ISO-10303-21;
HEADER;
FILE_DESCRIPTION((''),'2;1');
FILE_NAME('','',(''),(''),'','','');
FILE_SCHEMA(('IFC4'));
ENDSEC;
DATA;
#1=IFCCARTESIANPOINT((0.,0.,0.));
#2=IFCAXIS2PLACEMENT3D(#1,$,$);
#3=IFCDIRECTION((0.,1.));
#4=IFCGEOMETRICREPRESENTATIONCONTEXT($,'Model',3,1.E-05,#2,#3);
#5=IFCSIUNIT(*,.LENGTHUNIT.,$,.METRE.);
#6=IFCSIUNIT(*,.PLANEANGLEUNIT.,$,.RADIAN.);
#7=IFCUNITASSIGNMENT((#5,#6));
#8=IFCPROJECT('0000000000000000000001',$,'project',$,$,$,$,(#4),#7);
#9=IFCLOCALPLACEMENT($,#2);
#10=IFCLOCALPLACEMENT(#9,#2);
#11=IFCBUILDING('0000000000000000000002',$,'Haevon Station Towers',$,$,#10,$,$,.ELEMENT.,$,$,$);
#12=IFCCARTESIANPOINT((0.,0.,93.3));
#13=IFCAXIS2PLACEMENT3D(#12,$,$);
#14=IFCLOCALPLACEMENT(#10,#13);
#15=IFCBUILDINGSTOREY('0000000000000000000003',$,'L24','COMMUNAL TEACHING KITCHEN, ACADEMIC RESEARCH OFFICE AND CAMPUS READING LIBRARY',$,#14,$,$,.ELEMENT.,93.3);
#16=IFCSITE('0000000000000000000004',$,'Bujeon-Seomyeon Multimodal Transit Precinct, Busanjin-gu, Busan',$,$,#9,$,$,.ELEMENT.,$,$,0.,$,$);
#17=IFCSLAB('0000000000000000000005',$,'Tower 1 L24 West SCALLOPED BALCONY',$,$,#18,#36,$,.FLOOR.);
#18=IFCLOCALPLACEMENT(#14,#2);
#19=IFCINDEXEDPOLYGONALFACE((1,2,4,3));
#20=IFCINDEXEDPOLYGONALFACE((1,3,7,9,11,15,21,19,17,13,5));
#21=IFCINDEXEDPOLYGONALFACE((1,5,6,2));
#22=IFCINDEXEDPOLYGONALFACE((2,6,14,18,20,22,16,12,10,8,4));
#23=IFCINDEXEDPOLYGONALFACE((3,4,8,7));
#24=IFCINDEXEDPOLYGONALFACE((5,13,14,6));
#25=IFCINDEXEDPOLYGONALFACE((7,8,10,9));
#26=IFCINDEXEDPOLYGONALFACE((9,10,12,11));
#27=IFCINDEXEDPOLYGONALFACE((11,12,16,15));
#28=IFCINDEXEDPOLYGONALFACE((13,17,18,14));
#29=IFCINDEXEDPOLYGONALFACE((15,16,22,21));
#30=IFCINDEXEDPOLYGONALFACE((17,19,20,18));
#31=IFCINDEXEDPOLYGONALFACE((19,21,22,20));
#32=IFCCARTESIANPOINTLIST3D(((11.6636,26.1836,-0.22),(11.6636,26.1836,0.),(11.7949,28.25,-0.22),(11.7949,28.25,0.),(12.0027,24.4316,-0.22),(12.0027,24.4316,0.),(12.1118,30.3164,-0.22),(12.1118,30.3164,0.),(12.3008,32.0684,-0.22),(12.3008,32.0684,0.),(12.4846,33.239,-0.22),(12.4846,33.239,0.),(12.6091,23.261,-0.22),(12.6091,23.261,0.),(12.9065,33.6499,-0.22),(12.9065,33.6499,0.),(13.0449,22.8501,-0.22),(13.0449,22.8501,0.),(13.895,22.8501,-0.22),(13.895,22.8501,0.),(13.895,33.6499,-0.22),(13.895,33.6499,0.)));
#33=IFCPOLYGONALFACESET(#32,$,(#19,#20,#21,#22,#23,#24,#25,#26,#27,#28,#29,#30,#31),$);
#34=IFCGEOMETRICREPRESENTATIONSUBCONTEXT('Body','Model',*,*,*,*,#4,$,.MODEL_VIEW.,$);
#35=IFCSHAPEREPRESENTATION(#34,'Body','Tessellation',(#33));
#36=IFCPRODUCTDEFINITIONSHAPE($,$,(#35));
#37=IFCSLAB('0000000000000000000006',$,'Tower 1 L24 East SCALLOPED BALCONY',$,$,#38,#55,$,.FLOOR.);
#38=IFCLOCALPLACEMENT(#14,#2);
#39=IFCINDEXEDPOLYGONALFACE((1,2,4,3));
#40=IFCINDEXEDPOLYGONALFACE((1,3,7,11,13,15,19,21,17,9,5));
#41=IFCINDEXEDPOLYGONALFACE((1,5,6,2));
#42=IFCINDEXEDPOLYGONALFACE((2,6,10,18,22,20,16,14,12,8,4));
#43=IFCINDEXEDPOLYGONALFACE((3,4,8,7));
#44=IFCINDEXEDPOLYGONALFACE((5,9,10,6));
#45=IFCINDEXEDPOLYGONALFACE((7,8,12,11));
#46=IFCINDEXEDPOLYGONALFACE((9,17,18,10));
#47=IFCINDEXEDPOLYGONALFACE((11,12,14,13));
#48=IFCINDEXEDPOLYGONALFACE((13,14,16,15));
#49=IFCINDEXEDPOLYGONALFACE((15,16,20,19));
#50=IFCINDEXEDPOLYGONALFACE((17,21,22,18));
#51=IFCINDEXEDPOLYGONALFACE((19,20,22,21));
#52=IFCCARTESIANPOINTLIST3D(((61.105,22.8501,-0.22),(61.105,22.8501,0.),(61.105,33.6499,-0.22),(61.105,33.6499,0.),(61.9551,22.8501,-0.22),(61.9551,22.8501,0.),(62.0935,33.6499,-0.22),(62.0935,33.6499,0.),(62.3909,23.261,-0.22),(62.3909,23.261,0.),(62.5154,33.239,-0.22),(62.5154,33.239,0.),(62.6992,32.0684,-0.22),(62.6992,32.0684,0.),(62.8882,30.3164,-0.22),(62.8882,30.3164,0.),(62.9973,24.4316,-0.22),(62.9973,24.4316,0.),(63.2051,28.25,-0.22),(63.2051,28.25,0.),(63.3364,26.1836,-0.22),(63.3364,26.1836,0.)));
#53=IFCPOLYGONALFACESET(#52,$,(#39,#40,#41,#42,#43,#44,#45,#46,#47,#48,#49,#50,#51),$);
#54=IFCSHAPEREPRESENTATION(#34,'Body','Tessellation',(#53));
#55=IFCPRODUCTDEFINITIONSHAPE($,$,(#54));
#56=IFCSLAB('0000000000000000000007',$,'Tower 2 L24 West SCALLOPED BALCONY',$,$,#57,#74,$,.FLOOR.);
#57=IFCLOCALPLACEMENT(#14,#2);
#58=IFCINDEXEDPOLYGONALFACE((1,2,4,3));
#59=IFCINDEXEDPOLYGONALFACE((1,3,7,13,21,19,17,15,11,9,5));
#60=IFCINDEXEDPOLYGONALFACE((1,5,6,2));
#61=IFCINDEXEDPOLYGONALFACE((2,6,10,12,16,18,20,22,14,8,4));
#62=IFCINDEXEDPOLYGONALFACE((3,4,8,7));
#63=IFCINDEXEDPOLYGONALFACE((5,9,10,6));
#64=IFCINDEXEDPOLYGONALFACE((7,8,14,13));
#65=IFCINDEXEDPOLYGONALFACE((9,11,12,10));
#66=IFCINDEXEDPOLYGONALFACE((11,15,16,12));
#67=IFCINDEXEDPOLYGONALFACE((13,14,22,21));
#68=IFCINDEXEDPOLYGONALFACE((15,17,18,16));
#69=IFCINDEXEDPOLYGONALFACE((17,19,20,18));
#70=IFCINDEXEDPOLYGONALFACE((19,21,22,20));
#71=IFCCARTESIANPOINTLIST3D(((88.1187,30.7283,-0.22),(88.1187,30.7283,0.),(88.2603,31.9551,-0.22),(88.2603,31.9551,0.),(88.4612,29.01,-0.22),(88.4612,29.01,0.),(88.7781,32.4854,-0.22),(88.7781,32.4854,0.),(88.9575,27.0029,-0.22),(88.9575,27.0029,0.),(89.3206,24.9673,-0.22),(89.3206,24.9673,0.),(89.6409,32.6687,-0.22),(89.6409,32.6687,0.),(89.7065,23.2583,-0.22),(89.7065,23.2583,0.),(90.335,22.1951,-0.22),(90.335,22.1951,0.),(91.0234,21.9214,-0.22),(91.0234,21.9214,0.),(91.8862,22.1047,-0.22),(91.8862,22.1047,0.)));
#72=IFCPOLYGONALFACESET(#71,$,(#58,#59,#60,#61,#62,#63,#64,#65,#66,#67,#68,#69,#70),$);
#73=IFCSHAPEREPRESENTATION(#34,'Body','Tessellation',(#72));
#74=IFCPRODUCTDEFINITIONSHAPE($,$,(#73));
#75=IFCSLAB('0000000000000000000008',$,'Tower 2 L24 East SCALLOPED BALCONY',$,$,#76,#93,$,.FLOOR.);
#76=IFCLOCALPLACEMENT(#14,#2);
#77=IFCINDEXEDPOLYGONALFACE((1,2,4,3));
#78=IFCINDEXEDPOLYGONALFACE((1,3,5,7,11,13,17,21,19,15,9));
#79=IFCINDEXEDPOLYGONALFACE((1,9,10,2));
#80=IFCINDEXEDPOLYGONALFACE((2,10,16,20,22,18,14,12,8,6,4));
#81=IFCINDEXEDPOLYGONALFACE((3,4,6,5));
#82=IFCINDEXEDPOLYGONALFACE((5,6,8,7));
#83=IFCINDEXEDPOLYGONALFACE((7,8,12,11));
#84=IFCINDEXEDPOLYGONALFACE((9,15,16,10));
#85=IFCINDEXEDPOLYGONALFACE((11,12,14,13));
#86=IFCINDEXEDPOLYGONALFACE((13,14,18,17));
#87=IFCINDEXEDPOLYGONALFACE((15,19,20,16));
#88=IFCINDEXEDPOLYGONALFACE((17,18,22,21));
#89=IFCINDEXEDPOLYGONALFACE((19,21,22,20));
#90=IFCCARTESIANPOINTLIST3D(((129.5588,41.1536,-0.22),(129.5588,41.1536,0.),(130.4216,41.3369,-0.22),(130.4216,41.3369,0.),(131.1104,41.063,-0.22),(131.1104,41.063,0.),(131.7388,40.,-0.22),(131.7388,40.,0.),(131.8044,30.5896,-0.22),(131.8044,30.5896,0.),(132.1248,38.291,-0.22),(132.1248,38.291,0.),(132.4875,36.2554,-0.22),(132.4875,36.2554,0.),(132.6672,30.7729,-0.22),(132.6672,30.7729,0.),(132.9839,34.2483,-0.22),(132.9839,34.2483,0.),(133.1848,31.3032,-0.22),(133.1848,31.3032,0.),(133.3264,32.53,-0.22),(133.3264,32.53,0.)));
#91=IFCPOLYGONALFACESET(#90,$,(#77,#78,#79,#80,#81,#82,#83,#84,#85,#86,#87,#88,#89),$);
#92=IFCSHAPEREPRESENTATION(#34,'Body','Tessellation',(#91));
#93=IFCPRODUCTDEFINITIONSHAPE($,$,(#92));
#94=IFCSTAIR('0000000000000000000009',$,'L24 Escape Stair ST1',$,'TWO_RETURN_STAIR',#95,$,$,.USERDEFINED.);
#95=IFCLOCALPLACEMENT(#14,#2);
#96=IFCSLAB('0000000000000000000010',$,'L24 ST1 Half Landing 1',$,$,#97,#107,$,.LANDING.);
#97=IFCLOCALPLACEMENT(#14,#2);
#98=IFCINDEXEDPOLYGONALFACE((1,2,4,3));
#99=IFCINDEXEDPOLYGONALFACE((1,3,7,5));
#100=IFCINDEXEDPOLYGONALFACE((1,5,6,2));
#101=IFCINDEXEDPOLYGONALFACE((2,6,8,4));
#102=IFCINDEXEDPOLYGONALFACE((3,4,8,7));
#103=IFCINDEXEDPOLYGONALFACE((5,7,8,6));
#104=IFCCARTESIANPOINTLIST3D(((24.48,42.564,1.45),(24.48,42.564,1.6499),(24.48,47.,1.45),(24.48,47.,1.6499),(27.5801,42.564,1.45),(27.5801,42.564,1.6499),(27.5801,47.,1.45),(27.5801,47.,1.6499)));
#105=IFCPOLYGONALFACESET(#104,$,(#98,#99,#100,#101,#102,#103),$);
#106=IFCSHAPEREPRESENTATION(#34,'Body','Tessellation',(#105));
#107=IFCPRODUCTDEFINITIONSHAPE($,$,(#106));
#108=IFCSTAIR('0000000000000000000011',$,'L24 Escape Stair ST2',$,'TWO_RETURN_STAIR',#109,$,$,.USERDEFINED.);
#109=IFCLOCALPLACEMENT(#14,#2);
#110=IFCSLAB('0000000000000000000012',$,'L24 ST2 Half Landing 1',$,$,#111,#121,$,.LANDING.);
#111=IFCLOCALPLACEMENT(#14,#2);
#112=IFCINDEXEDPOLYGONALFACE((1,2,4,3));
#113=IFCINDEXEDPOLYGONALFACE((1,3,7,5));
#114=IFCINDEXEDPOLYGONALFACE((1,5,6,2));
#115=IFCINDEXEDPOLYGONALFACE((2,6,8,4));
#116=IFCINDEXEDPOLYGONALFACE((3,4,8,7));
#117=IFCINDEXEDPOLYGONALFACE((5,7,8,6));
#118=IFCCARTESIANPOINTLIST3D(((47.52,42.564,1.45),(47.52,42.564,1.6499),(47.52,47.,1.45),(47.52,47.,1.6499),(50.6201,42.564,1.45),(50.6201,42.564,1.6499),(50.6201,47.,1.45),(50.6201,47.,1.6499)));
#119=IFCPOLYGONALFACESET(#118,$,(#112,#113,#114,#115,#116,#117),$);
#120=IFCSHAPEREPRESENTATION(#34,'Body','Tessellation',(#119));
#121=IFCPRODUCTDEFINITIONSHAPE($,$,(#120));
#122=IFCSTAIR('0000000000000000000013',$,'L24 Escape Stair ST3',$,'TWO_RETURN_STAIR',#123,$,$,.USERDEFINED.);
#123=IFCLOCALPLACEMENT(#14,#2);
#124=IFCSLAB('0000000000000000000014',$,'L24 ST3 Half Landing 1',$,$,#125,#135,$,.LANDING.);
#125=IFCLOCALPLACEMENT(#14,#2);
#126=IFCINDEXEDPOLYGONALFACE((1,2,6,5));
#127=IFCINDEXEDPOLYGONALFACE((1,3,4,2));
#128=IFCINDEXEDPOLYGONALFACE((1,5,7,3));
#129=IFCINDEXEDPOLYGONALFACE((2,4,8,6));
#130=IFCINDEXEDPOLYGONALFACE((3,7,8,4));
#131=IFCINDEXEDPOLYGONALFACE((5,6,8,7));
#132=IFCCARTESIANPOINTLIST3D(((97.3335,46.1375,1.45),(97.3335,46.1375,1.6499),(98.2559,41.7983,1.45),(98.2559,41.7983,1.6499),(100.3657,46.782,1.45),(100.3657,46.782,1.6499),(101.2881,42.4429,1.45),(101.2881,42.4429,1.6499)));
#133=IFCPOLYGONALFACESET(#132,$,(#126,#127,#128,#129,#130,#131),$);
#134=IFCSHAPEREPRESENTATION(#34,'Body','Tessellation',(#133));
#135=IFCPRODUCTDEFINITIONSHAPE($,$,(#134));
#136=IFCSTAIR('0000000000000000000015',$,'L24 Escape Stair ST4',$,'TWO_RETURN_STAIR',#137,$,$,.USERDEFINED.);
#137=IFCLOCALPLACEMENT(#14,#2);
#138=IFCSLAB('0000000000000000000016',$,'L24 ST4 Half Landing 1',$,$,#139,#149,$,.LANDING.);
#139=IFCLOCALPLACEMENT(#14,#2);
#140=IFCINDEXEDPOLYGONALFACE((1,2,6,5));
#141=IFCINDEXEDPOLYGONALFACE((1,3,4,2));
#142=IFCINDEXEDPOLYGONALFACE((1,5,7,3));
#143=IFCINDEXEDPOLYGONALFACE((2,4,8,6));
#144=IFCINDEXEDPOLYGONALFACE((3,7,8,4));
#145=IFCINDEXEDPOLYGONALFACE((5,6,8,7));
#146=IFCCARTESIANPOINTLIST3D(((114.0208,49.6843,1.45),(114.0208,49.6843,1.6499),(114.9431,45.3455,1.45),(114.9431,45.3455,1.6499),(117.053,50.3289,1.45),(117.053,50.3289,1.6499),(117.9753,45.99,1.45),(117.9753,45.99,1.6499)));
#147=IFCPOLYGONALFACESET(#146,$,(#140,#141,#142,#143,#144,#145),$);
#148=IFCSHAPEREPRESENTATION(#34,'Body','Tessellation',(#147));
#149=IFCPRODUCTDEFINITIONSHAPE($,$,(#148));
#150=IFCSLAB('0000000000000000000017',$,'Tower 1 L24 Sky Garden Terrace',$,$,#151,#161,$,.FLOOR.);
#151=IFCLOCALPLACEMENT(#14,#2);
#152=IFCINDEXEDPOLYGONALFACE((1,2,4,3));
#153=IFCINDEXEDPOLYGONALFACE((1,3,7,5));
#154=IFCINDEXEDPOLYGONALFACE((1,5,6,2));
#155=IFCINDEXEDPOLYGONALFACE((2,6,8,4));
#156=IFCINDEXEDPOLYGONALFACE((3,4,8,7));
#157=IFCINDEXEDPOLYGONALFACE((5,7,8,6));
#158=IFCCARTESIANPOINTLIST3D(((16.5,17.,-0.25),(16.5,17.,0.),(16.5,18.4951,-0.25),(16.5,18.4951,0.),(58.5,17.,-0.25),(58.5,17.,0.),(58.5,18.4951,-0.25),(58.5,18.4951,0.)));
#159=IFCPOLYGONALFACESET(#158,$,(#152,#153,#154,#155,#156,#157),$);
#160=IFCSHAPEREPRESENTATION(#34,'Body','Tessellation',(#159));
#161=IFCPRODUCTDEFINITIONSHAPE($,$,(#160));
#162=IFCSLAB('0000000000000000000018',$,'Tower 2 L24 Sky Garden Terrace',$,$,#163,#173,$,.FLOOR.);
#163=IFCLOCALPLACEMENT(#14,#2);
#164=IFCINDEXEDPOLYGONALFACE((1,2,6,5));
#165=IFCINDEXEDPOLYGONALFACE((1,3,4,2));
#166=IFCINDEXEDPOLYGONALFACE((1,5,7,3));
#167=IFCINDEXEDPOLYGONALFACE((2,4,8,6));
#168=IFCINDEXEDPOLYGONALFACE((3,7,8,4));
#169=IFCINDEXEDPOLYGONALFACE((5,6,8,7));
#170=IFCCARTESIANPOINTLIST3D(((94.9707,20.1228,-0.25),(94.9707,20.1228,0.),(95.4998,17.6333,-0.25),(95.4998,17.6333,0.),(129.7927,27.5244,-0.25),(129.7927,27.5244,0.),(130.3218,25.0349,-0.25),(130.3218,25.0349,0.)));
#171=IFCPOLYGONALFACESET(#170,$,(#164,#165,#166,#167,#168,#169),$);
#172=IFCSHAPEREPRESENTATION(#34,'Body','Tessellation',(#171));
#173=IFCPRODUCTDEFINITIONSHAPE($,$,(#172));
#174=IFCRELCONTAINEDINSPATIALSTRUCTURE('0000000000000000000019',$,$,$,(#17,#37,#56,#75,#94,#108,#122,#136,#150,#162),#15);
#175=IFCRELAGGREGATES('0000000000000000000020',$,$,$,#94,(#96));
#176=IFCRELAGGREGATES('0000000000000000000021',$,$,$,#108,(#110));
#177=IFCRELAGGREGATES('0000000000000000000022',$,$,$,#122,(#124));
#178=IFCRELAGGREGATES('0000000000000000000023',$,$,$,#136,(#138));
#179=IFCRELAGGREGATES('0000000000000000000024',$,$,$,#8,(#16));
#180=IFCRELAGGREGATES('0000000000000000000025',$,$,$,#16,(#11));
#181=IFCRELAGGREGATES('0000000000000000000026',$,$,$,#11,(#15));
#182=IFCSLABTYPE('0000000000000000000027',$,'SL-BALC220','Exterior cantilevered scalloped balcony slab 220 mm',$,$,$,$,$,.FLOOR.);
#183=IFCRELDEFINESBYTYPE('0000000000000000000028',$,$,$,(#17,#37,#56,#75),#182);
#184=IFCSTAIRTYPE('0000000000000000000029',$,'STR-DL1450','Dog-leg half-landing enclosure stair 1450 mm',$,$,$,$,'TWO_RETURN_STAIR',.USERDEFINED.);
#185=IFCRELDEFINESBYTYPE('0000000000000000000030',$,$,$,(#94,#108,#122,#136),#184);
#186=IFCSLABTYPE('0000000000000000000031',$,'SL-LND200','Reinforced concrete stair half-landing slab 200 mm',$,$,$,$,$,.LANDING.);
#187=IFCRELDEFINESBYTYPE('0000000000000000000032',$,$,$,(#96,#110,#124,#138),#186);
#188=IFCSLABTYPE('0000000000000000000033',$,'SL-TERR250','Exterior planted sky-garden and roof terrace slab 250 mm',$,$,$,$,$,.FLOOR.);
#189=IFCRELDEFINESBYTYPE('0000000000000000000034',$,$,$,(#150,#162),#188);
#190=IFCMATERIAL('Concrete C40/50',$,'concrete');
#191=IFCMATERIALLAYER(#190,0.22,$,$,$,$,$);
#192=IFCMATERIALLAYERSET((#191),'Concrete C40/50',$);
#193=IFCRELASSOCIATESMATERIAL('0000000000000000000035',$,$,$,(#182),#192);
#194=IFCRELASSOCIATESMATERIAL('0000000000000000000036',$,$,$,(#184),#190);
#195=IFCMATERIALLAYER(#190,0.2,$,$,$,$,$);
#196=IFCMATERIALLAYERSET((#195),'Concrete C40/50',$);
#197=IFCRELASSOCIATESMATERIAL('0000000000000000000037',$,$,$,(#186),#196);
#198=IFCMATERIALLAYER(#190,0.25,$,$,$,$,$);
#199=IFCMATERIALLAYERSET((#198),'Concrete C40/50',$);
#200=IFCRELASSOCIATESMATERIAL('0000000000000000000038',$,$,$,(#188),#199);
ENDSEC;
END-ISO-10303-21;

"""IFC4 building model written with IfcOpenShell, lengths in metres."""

from ifc_helpers import new_model, si_unit, direction, frame, origin, place, context, subcontext, project, spatial, polyline, outline, extrude, material, layer, layer_set, type_object, element, aggregate, save


model = new_model("IFC4")

# Units and contexts
model_context = context("Model", 3, precision=1e-05, world=origin(), true_north=direction((0.0, 1.0)))
body_context = subcontext(model_context, "Body", "Model", "MODEL_VIEW")
ifc_project = project(units=[si_unit("LENGTHUNIT", "METRE"), si_unit("PLANEANGLEUNIT", "RADIAN")], contexts=[model_context])

# Site, building, storey
site_placement = place(None, origin())
site = spatial("IfcSite", under=ifc_project, at=site_placement, Name="Bujeon-Seomyeon Multimodal Transit Precinct, Busanjin-gu, Busan", CompositionType="ELEMENT", RefElevation=0.0)
building_placement = place(site_placement, origin())
building = spatial("IfcBuilding", under=site, at=building_placement, Name="Haevon Station Towers", CompositionType="ELEMENT")
storey_placement = place(building_placement, frame((0.0, 0.0, 93.3)))
storey = spatial("IfcBuildingStorey", under=building, at=storey_placement, Name="L24", Description="COMMUNAL TEACHING KITCHEN, ACADEMIC RESEARCH OFFICE AND CAMPUS READING LIBRARY", CompositionType="ELEMENT", Elevation=93.3)

# Slabs
ifc_material_1 = material(Name="Concrete C40/50", Category="concrete")
ifc_layer_1 = layer(ifc_material_1, 0.22)
ifc_layer_set_1 = layer_set([ifc_layer_1], Name="Concrete C40/50")
slab_type_1 = type_object("IfcSlabType", Name="SL-BALC220", Description="Exterior cantilevered scalloped balcony slab 220 mm", PredefinedType="FLOOR", material=ifc_layer_set_1)
slab_1_placement = place(storey_placement, frame((0.0, 0.0, -0.22)))
element("IfcSlab", 1, at=slab_1_placement, inside=storey, type_object=slab_type_1, Name="Tower 1 L24 West SCALLOPED BALCONY", PredefinedType="FLOOR", context=body_context, shape_type="SweptSolid", body=[
    extrude(outline(polyline([(13.895, 33.6499), (12.9065, 33.6499), (12.4846, 33.239), (12.3008, 32.0684), (12.1118, 30.3164), (11.7949, 28.25), (11.6636, 26.1836), (12.0027, 24.4316), (12.6091, 23.261), (13.0449, 22.8501), (13.895, 22.8501), (13.895, 33.6499)])), origin(), (0.0, 0.0, 1.0), 0.22),
])
slab_2_placement = place(storey_placement, frame((0.0, 0.0, -0.22)))
element("IfcSlab", 2, at=slab_2_placement, inside=storey, type_object=slab_type_1, Name="Tower 1 L24 East SCALLOPED BALCONY", PredefinedType="FLOOR", context=body_context, shape_type="SweptSolid", body=[
    extrude(outline(polyline([(61.105, 22.8501), (61.9551, 22.8501), (62.3909, 23.261), (62.9973, 24.4316), (63.3364, 26.1836), (63.2051, 28.25), (62.8882, 30.3164), (62.6992, 32.0684), (62.5154, 33.239), (62.0935, 33.6499), (61.105, 33.6499), (61.105, 22.8501)])), origin(), (0.0, 0.0, 1.0), 0.22),
])
slab_3_placement = place(storey_placement, frame((0.0, 0.0, -0.22)))
element("IfcSlab", 3, at=slab_3_placement, inside=storey, type_object=slab_type_1, Name="Tower 2 L24 West SCALLOPED BALCONY", PredefinedType="FLOOR", context=body_context, shape_type="SweptSolid", body=[
    extrude(outline(polyline([(89.6409, 32.6687), (88.7781, 32.4854), (88.2603, 31.9551), (88.1187, 30.7283), (88.4612, 29.01), (88.9575, 27.0029), (89.3206, 24.9673), (89.7065, 23.2583), (90.335, 22.1951), (91.0234, 21.9214), (91.8862, 22.1047), (89.6409, 32.6687)])), origin(), (0.0, 0.0, 1.0), 0.22),
])
slab_4_placement = place(storey_placement, frame((0.0, 0.0, -0.22)))
element("IfcSlab", 4, at=slab_4_placement, inside=storey, type_object=slab_type_1, Name="Tower 2 L24 East SCALLOPED BALCONY", PredefinedType="FLOOR", context=body_context, shape_type="SweptSolid", body=[
    extrude(outline(polyline([(131.8044, 30.5896), (132.6672, 30.7729), (133.1848, 31.3032), (133.3264, 32.53), (132.9839, 34.2483), (132.4875, 36.2554), (132.1248, 38.291), (131.7388, 40.0), (131.1104, 41.063), (130.4216, 41.3369), (129.5588, 41.1536), (131.8044, 30.5896)])), origin(), (0.0, 0.0, 1.0), 0.22),
])

# Stairs, slabs
stair_type = type_object("IfcStairType", Name="STR-DL1450", Description="Dog-leg half-landing enclosure stair 1450 mm", ElementType="TWO_RETURN_STAIR", PredefinedType="USERDEFINED", material=ifc_material_1)
stair_1_placement = place(storey_placement, origin())
stair_1 = element("IfcStair", 5, at=stair_1_placement, inside=storey, type_object=stair_type, Name="L24 Escape Stair ST1", ObjectType="TWO_RETURN_STAIR", PredefinedType="USERDEFINED")
ifc_layer_2 = layer(ifc_material_1, 0.2)
ifc_layer_set_2 = layer_set([ifc_layer_2], Name="Concrete C40/50")
slab_type_2 = type_object("IfcSlabType", Name="SL-LND200", Description="Reinforced concrete stair half-landing slab 200 mm", PredefinedType="LANDING", material=ifc_layer_set_2)
slab_5_placement = place(storey_placement, frame((0.0, 0.0, 1.45)))
slab_5 = element("IfcSlab", 6, at=slab_5_placement, type_object=slab_type_2, Name="L24 ST1 Half Landing 1", PredefinedType="LANDING", context=body_context, shape_type="SweptSolid", body=[
    extrude(outline(polyline([(27.5801, 42.564), (27.5801, 47.0), (24.48, 47.0), (24.48, 42.564), (27.5801, 42.564)])), origin(), (0.0, 0.0, 1.0), 0.2),
])
aggregate(stair_1, [slab_5])
stair_2_placement = place(storey_placement, origin())
stair_2 = element("IfcStair", 7, at=stair_2_placement, inside=storey, type_object=stair_type, Name="L24 Escape Stair ST2", ObjectType="TWO_RETURN_STAIR", PredefinedType="USERDEFINED")
slab_6_placement = place(storey_placement, frame((0.0, 0.0, 1.45)))
slab_6 = element("IfcSlab", 8, at=slab_6_placement, type_object=slab_type_2, Name="L24 ST2 Half Landing 1", PredefinedType="LANDING", context=body_context, shape_type="SweptSolid", body=[
    extrude(outline(polyline([(50.6201, 42.564), (50.6201, 47.0), (47.52, 47.0), (47.52, 42.564), (50.6201, 42.564)])), origin(), (0.0, 0.0, 1.0), 0.2),
])
aggregate(stair_2, [slab_6])
stair_3_placement = place(storey_placement, origin())
stair_3 = element("IfcStair", 9, at=stair_3_placement, inside=storey, type_object=stair_type, Name="L24 Escape Stair ST3", ObjectType="TWO_RETURN_STAIR", PredefinedType="USERDEFINED")
slab_7_placement = place(storey_placement, frame((0.0, 0.0, 1.45)))
slab_7 = element("IfcSlab", 10, at=slab_7_placement, type_object=slab_type_2, Name="L24 ST3 Half Landing 1", PredefinedType="LANDING", context=body_context, shape_type="SweptSolid", body=[
    extrude(outline(polyline([(101.2881, 42.4429), (100.3657, 46.782), (97.3335, 46.1375), (98.2559, 41.7983), (101.2881, 42.4429)])), origin(), (0.0, 0.0, 1.0), 0.2),
])
aggregate(stair_3, [slab_7])
stair_4_placement = place(storey_placement, origin())
stair_4 = element("IfcStair", 11, at=stair_4_placement, inside=storey, type_object=stair_type, Name="L24 Escape Stair ST4", ObjectType="TWO_RETURN_STAIR", PredefinedType="USERDEFINED")
slab_8_placement = place(storey_placement, frame((0.0, 0.0, 1.45)))
slab_8 = element("IfcSlab", 12, at=slab_8_placement, type_object=slab_type_2, Name="L24 ST4 Half Landing 1", PredefinedType="LANDING", context=body_context, shape_type="SweptSolid", body=[
    extrude(outline(polyline([(117.9753, 45.99), (117.053, 50.3289), (114.0208, 49.6843), (114.9431, 45.3455), (117.9753, 45.99)])), origin(), (0.0, 0.0, 1.0), 0.2),
])
aggregate(stair_4, [slab_8])

# Slabs
ifc_layer_3 = layer(ifc_material_1, 0.25)
ifc_layer_set_3 = layer_set([ifc_layer_3], Name="Concrete C40/50")
slab_type_3 = type_object("IfcSlabType", Name="SL-TERR250", Description="Exterior planted sky-garden and roof terrace slab 250 mm", PredefinedType="FLOOR", material=ifc_layer_set_3)
slab_9_placement = place(storey_placement, frame((0.0, 0.0, -0.25)))
element("IfcSlab", 13, at=slab_9_placement, inside=storey, type_object=slab_type_3, Name="Tower 1 L24 Sky Garden Terrace", PredefinedType="FLOOR", context=body_context, shape_type="SweptSolid", body=[
    extrude(outline(polyline([(16.5, 17.0), (58.5, 17.0), (58.5, 18.4951), (16.5, 18.4951), (16.5, 17.0)])), origin(), (0.0, 0.0, 1.0), 0.25),
])
slab_10_placement = place(storey_placement, frame((0.0, 0.0, -0.25)))
element("IfcSlab", 14, at=slab_10_placement, inside=storey, type_object=slab_type_3, Name="Tower 2 L24 Sky Garden Terrace", PredefinedType="FLOOR", context=body_context, shape_type="SweptSolid", body=[
    extrude(outline(polyline([(95.4998, 17.6333), (130.3218, 25.0349), (129.7927, 27.5244), (94.9707, 20.1228), (95.4998, 17.6333)])), origin(), (0.0, 0.0, 1.0), 0.25),
])

save(model, "model.ifc")
